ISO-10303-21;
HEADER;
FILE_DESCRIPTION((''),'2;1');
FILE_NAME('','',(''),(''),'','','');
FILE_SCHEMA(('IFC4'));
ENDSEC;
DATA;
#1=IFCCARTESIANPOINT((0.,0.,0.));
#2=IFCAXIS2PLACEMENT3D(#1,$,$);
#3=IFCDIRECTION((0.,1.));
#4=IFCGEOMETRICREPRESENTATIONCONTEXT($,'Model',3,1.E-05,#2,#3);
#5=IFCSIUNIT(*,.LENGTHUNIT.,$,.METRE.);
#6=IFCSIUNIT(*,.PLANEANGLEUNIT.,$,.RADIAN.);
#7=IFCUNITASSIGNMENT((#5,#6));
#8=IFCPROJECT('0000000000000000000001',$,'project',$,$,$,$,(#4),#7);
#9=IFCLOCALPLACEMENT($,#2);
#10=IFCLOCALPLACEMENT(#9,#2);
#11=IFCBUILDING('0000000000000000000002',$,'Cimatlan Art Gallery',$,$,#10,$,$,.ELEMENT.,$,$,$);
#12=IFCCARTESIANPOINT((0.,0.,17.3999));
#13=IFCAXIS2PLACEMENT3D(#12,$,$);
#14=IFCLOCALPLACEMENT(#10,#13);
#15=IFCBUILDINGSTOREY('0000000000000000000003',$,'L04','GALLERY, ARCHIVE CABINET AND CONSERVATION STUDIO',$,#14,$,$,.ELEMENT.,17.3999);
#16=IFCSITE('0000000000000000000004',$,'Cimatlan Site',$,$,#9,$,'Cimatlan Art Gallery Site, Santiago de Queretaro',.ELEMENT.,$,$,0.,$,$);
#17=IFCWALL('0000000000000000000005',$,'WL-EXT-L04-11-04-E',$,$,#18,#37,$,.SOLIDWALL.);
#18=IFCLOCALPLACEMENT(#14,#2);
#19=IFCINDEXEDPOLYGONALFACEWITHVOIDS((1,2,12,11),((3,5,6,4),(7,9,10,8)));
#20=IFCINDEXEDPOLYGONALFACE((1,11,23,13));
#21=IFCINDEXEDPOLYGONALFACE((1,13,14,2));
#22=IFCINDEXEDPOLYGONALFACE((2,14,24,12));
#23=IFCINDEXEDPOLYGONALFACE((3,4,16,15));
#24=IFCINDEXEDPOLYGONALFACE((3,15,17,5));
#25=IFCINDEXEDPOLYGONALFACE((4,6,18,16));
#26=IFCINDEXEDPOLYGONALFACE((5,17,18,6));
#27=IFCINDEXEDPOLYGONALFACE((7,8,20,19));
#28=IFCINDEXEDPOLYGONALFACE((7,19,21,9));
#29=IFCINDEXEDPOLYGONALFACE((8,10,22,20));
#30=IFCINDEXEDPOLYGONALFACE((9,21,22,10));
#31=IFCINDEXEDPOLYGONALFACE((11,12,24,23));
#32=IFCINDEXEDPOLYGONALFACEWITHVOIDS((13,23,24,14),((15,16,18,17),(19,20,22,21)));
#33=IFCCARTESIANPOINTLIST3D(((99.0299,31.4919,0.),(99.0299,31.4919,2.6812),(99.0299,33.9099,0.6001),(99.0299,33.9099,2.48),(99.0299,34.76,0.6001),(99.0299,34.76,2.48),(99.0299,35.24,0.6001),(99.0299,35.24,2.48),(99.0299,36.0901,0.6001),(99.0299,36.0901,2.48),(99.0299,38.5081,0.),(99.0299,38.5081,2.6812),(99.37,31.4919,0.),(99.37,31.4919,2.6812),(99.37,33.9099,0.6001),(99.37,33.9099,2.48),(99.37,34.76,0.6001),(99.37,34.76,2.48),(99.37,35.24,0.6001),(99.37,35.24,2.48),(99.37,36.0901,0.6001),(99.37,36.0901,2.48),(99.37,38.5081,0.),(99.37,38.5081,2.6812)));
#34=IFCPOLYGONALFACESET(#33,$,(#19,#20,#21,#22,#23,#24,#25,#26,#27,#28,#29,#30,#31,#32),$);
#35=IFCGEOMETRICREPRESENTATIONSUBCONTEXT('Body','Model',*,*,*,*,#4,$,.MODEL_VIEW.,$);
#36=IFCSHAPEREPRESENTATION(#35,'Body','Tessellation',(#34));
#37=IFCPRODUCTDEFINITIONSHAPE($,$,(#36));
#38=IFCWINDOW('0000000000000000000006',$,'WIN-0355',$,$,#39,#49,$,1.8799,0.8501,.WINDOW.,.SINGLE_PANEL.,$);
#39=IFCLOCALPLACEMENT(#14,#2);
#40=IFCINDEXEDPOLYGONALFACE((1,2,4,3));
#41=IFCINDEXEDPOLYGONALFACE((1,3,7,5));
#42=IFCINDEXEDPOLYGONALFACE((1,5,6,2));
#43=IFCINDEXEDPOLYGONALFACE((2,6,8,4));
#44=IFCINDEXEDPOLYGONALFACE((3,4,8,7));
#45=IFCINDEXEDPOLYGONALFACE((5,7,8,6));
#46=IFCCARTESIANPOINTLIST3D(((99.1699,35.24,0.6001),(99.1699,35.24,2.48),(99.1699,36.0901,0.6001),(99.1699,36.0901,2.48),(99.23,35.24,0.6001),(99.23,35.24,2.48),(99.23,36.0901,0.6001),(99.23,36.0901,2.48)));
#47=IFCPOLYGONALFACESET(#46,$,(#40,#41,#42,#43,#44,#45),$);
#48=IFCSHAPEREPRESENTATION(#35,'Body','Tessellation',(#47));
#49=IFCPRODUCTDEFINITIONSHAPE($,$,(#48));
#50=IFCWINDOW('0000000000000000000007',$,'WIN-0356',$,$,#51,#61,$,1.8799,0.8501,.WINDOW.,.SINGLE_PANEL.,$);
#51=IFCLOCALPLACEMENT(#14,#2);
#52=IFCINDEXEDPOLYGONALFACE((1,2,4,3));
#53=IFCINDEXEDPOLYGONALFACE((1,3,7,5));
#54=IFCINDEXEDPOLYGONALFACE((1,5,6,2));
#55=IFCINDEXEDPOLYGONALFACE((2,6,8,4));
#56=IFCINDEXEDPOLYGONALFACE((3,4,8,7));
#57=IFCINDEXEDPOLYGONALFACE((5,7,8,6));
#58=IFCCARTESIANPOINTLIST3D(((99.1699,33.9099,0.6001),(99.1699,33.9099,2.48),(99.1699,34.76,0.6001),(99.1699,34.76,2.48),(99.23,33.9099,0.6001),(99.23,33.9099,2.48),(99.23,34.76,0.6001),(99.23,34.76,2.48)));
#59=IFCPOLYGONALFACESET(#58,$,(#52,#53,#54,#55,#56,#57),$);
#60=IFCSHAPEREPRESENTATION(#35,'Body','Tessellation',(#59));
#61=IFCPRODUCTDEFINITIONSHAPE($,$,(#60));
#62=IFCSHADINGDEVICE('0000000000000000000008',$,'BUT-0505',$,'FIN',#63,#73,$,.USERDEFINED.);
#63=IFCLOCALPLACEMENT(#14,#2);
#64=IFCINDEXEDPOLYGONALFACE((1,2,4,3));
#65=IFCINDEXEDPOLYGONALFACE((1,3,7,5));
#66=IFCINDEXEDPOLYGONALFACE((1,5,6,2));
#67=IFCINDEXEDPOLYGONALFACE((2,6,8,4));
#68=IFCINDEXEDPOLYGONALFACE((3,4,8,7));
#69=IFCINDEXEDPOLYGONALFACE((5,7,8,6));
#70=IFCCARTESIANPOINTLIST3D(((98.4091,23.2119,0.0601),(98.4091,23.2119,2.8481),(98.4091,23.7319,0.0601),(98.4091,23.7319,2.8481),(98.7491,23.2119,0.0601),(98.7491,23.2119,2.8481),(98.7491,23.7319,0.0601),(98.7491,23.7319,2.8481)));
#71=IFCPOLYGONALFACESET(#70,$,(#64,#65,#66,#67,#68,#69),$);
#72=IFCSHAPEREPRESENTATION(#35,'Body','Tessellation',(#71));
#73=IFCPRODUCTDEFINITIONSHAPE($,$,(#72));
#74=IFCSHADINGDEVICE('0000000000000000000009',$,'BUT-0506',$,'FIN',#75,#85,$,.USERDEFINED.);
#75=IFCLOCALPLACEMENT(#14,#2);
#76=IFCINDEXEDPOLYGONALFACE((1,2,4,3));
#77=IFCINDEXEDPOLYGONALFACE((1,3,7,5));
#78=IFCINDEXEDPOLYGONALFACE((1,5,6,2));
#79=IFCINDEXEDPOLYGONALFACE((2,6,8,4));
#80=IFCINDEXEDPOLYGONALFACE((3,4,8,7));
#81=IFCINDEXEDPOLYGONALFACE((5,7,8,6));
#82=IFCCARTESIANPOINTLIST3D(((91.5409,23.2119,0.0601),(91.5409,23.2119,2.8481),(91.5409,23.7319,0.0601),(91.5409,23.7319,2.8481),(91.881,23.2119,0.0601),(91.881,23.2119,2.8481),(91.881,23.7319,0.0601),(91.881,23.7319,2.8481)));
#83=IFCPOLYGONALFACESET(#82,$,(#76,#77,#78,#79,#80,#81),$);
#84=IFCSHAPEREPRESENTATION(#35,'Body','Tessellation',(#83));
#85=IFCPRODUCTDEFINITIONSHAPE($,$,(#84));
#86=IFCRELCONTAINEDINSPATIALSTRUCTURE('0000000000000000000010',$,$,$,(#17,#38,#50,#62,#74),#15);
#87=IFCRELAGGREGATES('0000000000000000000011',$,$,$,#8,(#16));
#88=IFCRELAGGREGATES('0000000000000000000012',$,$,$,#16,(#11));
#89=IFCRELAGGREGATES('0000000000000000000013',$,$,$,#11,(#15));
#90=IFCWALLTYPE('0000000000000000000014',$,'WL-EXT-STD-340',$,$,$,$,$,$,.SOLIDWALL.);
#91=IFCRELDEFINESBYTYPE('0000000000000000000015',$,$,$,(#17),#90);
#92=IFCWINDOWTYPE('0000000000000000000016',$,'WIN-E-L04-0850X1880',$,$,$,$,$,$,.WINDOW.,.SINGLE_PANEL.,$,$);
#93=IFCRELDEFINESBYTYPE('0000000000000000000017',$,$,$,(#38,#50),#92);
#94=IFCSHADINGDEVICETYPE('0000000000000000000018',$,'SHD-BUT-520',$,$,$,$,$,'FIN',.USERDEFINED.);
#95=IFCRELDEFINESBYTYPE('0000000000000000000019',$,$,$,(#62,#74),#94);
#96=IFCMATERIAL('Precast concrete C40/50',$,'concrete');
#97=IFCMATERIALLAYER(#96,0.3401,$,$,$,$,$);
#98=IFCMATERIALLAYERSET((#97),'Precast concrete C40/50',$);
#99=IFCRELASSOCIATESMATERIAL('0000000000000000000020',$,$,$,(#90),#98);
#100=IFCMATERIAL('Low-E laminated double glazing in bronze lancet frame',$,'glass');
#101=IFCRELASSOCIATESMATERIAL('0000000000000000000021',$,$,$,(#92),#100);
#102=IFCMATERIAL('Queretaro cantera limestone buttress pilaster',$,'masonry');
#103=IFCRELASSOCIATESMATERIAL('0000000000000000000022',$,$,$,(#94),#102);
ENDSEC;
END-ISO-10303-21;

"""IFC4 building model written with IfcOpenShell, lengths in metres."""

from ifc_helpers import new_model, si_unit, direction, frame, frame_2d, origin, origin_2d, place, context, subcontext, project, spatial, rectangle, extrude, material, layer, layer_set, type_object, element, fill, save


model = new_model("IFC4")

# Units and contexts
model_context = context("Model", 3, precision=1e-05, world=origin(), true_north=direction((0.0, 1.0)))
body_context = subcontext(model_context, "Body", "Model", "MODEL_VIEW")
ifc_project = project(units=[si_unit("LENGTHUNIT", "METRE"), si_unit("PLANEANGLEUNIT", "RADIAN")], contexts=[model_context])

# Site, building, storey
site_placement = place(None, origin())
site = spatial("IfcSite", under=ifc_project, at=site_placement, Name="Cimatlan Site", LongName="Cimatlan Art Gallery Site, Santiago de Queretaro", CompositionType="ELEMENT", RefElevation=0.0)
building_placement = place(site_placement, origin())
building = spatial("IfcBuilding", under=site, at=building_placement, Name="Cimatlan Art Gallery", CompositionType="ELEMENT")
storey_placement = place(building_placement, frame((0.0, 0.0, 17.3999)))
storey = spatial("IfcBuildingStorey", under=building, at=storey_placement, Name="L04", Description="GALLERY, ARCHIVE CABINET AND CONSERVATION STUDIO", CompositionType="ELEMENT", Elevation=17.3999)

# Wall, openings, windows
ifc_material_1 = material(Name="Precast concrete C40/50", Category="concrete")
ifc_layer = layer(ifc_material_1, 0.3401)
ifc_layer_set = layer_set([ifc_layer], Name="Precast concrete C40/50")
wall_type = type_object("IfcWallType", Name="WL-EXT-STD-340", PredefinedType="SOLIDWALL", material=ifc_layer_set)
ifc_material_2 = material(Name="Low-E laminated double glazing in bronze lancet frame", Category="glass")
window_type_1 = type_object("IfcWindowType", Name="WIN-E-L04-0850X1880", PartitioningType="SINGLE_PANEL", PredefinedType="WINDOW", material=ifc_material_2)
wall_1_placement = place(storey_placement, frame((99.2, 38.5081, 0.0), z_axis=(0.0, 0.0, 1.0), x_axis=(0.0, -1.0, 0.0)))
wall_1 = element("IfcWall", 1, at=wall_1_placement, inside=storey, type_object=wall_type, Name="WL-EXT-L04-11-04-E", PredefinedType="SOLIDWALL", context=body_context, shape_type="SweptSolid", body=[
    extrude(rectangle(XDim=7.0161, YDim=0.3401, at=frame_2d((3.5081, 0.0))), origin(), (0.0, 0.0, 1.0), 2.6812),
])
opening_1_placement = place(wall_1_placement, frame((2.418, 0.0, 0.6001)))
opening_1 = element("IfcOpeningElement", 2, at=opening_1_placement, cuts=wall_1, PredefinedType="OPENING", context=body_context, shape_type="SweptSolid", body=[
    extrude(rectangle(XDim=0.8501, YDim=1.8799, at=frame_2d((0.425, 0.9399))), frame((0.0, 0.1802, 0.0), z_axis=(0.0, -1.0, 0.0), x_axis=(1.0, 0.0, 0.0)), (0.0, 0.0, 1.0), 0.3601),
])
opening_2_placement = place(wall_1_placement, frame((3.748, 0.0, 0.6001)))
opening_2 = element("IfcOpeningElement", 3, at=opening_2_placement, cuts=wall_1, PredefinedType="OPENING", context=body_context, shape_type="SweptSolid", body=[
    extrude(rectangle(XDim=0.8501, YDim=1.8799, at=frame_2d((0.425, 0.9399))), frame((0.0, 0.1802, 0.0), z_axis=(0.0, -1.0, 0.0), x_axis=(1.0, 0.0, 0.0)), (0.0, 0.0, 1.0), 0.3601),
])
window_1_placement = place(opening_1_placement, origin())
window_1 = element("IfcWindow", 4, at=window_1_placement, inside=storey, type_object=window_type_1, Name="WIN-0355", OverallHeight=1.8799, OverallWidth=0.8501, PartitioningType="SINGLE_PANEL", PredefinedType="WINDOW", context=body_context, shape_type="SweptSolid", body=[
    extrude(rectangle(XDim=0.8501, YDim=1.8799, at=frame_2d((0.425, 0.9399))), frame((0.0, 0.03, 0.0), z_axis=(0.0, -1.0, 0.0), x_axis=(1.0, 0.0, 0.0)), (0.0, 0.0, 1.0), 0.0601),
])
fill(opening_1, window_1)
window_2_placement = place(opening_2_placement, origin())
window_2 = element("IfcWindow", 5, at=window_2_placement, inside=storey, type_object=window_type_1, Name="WIN-0356", OverallHeight=1.8799, OverallWidth=0.8501, PartitioningType="SINGLE_PANEL", PredefinedType="WINDOW", context=body_context, shape_type="SweptSolid", body=[
    extrude(rectangle(XDim=0.8501, YDim=1.8799, at=frame_2d((0.425, 0.9399))), frame((0.0, 0.03, 0.0), z_axis=(0.0, -1.0, 0.0), x_axis=(1.0, 0.0, 0.0)), (0.0, 0.0, 1.0), 0.0601),
])
fill(opening_2, window_2)

# Shading devices
ifc_material_3 = material(Name="Queretaro cantera limestone buttress pilaster", Category="masonry")
shading_device_type = type_object("IfcShadingDeviceType", Name="SHD-BUT-520", ElementType="FIN", PredefinedType="USERDEFINED", material=ifc_material_3)
for number, where, z_axis, x_axis, name in (
    (6, (98.5791, 23.4719, 0.0601), (0.0, 0.0, 1.0), (-1.0, 0.0, 0.0), "BUT-0505"),
    (7, (91.7109, 23.4719, 0.0601), (0.0, 0.0, 1.0), (-1.0, 0.0, 0.0), "BUT-0506"),
):
    element("IfcShadingDevice", number, at=place(storey_placement, frame(where, z_axis=z_axis, x_axis=x_axis)), inside=storey, type_object=shading_device_type, Name=name, ObjectType="FIN", PredefinedType="USERDEFINED", context=body_context, shape_type="SweptSolid", body=[
        extrude(rectangle(XDim=0.3401, YDim=0.52, at=origin_2d()), origin(), (0.0, 0.0, 1.0), 2.7881),
    ])

save(model, "model.ifc")
